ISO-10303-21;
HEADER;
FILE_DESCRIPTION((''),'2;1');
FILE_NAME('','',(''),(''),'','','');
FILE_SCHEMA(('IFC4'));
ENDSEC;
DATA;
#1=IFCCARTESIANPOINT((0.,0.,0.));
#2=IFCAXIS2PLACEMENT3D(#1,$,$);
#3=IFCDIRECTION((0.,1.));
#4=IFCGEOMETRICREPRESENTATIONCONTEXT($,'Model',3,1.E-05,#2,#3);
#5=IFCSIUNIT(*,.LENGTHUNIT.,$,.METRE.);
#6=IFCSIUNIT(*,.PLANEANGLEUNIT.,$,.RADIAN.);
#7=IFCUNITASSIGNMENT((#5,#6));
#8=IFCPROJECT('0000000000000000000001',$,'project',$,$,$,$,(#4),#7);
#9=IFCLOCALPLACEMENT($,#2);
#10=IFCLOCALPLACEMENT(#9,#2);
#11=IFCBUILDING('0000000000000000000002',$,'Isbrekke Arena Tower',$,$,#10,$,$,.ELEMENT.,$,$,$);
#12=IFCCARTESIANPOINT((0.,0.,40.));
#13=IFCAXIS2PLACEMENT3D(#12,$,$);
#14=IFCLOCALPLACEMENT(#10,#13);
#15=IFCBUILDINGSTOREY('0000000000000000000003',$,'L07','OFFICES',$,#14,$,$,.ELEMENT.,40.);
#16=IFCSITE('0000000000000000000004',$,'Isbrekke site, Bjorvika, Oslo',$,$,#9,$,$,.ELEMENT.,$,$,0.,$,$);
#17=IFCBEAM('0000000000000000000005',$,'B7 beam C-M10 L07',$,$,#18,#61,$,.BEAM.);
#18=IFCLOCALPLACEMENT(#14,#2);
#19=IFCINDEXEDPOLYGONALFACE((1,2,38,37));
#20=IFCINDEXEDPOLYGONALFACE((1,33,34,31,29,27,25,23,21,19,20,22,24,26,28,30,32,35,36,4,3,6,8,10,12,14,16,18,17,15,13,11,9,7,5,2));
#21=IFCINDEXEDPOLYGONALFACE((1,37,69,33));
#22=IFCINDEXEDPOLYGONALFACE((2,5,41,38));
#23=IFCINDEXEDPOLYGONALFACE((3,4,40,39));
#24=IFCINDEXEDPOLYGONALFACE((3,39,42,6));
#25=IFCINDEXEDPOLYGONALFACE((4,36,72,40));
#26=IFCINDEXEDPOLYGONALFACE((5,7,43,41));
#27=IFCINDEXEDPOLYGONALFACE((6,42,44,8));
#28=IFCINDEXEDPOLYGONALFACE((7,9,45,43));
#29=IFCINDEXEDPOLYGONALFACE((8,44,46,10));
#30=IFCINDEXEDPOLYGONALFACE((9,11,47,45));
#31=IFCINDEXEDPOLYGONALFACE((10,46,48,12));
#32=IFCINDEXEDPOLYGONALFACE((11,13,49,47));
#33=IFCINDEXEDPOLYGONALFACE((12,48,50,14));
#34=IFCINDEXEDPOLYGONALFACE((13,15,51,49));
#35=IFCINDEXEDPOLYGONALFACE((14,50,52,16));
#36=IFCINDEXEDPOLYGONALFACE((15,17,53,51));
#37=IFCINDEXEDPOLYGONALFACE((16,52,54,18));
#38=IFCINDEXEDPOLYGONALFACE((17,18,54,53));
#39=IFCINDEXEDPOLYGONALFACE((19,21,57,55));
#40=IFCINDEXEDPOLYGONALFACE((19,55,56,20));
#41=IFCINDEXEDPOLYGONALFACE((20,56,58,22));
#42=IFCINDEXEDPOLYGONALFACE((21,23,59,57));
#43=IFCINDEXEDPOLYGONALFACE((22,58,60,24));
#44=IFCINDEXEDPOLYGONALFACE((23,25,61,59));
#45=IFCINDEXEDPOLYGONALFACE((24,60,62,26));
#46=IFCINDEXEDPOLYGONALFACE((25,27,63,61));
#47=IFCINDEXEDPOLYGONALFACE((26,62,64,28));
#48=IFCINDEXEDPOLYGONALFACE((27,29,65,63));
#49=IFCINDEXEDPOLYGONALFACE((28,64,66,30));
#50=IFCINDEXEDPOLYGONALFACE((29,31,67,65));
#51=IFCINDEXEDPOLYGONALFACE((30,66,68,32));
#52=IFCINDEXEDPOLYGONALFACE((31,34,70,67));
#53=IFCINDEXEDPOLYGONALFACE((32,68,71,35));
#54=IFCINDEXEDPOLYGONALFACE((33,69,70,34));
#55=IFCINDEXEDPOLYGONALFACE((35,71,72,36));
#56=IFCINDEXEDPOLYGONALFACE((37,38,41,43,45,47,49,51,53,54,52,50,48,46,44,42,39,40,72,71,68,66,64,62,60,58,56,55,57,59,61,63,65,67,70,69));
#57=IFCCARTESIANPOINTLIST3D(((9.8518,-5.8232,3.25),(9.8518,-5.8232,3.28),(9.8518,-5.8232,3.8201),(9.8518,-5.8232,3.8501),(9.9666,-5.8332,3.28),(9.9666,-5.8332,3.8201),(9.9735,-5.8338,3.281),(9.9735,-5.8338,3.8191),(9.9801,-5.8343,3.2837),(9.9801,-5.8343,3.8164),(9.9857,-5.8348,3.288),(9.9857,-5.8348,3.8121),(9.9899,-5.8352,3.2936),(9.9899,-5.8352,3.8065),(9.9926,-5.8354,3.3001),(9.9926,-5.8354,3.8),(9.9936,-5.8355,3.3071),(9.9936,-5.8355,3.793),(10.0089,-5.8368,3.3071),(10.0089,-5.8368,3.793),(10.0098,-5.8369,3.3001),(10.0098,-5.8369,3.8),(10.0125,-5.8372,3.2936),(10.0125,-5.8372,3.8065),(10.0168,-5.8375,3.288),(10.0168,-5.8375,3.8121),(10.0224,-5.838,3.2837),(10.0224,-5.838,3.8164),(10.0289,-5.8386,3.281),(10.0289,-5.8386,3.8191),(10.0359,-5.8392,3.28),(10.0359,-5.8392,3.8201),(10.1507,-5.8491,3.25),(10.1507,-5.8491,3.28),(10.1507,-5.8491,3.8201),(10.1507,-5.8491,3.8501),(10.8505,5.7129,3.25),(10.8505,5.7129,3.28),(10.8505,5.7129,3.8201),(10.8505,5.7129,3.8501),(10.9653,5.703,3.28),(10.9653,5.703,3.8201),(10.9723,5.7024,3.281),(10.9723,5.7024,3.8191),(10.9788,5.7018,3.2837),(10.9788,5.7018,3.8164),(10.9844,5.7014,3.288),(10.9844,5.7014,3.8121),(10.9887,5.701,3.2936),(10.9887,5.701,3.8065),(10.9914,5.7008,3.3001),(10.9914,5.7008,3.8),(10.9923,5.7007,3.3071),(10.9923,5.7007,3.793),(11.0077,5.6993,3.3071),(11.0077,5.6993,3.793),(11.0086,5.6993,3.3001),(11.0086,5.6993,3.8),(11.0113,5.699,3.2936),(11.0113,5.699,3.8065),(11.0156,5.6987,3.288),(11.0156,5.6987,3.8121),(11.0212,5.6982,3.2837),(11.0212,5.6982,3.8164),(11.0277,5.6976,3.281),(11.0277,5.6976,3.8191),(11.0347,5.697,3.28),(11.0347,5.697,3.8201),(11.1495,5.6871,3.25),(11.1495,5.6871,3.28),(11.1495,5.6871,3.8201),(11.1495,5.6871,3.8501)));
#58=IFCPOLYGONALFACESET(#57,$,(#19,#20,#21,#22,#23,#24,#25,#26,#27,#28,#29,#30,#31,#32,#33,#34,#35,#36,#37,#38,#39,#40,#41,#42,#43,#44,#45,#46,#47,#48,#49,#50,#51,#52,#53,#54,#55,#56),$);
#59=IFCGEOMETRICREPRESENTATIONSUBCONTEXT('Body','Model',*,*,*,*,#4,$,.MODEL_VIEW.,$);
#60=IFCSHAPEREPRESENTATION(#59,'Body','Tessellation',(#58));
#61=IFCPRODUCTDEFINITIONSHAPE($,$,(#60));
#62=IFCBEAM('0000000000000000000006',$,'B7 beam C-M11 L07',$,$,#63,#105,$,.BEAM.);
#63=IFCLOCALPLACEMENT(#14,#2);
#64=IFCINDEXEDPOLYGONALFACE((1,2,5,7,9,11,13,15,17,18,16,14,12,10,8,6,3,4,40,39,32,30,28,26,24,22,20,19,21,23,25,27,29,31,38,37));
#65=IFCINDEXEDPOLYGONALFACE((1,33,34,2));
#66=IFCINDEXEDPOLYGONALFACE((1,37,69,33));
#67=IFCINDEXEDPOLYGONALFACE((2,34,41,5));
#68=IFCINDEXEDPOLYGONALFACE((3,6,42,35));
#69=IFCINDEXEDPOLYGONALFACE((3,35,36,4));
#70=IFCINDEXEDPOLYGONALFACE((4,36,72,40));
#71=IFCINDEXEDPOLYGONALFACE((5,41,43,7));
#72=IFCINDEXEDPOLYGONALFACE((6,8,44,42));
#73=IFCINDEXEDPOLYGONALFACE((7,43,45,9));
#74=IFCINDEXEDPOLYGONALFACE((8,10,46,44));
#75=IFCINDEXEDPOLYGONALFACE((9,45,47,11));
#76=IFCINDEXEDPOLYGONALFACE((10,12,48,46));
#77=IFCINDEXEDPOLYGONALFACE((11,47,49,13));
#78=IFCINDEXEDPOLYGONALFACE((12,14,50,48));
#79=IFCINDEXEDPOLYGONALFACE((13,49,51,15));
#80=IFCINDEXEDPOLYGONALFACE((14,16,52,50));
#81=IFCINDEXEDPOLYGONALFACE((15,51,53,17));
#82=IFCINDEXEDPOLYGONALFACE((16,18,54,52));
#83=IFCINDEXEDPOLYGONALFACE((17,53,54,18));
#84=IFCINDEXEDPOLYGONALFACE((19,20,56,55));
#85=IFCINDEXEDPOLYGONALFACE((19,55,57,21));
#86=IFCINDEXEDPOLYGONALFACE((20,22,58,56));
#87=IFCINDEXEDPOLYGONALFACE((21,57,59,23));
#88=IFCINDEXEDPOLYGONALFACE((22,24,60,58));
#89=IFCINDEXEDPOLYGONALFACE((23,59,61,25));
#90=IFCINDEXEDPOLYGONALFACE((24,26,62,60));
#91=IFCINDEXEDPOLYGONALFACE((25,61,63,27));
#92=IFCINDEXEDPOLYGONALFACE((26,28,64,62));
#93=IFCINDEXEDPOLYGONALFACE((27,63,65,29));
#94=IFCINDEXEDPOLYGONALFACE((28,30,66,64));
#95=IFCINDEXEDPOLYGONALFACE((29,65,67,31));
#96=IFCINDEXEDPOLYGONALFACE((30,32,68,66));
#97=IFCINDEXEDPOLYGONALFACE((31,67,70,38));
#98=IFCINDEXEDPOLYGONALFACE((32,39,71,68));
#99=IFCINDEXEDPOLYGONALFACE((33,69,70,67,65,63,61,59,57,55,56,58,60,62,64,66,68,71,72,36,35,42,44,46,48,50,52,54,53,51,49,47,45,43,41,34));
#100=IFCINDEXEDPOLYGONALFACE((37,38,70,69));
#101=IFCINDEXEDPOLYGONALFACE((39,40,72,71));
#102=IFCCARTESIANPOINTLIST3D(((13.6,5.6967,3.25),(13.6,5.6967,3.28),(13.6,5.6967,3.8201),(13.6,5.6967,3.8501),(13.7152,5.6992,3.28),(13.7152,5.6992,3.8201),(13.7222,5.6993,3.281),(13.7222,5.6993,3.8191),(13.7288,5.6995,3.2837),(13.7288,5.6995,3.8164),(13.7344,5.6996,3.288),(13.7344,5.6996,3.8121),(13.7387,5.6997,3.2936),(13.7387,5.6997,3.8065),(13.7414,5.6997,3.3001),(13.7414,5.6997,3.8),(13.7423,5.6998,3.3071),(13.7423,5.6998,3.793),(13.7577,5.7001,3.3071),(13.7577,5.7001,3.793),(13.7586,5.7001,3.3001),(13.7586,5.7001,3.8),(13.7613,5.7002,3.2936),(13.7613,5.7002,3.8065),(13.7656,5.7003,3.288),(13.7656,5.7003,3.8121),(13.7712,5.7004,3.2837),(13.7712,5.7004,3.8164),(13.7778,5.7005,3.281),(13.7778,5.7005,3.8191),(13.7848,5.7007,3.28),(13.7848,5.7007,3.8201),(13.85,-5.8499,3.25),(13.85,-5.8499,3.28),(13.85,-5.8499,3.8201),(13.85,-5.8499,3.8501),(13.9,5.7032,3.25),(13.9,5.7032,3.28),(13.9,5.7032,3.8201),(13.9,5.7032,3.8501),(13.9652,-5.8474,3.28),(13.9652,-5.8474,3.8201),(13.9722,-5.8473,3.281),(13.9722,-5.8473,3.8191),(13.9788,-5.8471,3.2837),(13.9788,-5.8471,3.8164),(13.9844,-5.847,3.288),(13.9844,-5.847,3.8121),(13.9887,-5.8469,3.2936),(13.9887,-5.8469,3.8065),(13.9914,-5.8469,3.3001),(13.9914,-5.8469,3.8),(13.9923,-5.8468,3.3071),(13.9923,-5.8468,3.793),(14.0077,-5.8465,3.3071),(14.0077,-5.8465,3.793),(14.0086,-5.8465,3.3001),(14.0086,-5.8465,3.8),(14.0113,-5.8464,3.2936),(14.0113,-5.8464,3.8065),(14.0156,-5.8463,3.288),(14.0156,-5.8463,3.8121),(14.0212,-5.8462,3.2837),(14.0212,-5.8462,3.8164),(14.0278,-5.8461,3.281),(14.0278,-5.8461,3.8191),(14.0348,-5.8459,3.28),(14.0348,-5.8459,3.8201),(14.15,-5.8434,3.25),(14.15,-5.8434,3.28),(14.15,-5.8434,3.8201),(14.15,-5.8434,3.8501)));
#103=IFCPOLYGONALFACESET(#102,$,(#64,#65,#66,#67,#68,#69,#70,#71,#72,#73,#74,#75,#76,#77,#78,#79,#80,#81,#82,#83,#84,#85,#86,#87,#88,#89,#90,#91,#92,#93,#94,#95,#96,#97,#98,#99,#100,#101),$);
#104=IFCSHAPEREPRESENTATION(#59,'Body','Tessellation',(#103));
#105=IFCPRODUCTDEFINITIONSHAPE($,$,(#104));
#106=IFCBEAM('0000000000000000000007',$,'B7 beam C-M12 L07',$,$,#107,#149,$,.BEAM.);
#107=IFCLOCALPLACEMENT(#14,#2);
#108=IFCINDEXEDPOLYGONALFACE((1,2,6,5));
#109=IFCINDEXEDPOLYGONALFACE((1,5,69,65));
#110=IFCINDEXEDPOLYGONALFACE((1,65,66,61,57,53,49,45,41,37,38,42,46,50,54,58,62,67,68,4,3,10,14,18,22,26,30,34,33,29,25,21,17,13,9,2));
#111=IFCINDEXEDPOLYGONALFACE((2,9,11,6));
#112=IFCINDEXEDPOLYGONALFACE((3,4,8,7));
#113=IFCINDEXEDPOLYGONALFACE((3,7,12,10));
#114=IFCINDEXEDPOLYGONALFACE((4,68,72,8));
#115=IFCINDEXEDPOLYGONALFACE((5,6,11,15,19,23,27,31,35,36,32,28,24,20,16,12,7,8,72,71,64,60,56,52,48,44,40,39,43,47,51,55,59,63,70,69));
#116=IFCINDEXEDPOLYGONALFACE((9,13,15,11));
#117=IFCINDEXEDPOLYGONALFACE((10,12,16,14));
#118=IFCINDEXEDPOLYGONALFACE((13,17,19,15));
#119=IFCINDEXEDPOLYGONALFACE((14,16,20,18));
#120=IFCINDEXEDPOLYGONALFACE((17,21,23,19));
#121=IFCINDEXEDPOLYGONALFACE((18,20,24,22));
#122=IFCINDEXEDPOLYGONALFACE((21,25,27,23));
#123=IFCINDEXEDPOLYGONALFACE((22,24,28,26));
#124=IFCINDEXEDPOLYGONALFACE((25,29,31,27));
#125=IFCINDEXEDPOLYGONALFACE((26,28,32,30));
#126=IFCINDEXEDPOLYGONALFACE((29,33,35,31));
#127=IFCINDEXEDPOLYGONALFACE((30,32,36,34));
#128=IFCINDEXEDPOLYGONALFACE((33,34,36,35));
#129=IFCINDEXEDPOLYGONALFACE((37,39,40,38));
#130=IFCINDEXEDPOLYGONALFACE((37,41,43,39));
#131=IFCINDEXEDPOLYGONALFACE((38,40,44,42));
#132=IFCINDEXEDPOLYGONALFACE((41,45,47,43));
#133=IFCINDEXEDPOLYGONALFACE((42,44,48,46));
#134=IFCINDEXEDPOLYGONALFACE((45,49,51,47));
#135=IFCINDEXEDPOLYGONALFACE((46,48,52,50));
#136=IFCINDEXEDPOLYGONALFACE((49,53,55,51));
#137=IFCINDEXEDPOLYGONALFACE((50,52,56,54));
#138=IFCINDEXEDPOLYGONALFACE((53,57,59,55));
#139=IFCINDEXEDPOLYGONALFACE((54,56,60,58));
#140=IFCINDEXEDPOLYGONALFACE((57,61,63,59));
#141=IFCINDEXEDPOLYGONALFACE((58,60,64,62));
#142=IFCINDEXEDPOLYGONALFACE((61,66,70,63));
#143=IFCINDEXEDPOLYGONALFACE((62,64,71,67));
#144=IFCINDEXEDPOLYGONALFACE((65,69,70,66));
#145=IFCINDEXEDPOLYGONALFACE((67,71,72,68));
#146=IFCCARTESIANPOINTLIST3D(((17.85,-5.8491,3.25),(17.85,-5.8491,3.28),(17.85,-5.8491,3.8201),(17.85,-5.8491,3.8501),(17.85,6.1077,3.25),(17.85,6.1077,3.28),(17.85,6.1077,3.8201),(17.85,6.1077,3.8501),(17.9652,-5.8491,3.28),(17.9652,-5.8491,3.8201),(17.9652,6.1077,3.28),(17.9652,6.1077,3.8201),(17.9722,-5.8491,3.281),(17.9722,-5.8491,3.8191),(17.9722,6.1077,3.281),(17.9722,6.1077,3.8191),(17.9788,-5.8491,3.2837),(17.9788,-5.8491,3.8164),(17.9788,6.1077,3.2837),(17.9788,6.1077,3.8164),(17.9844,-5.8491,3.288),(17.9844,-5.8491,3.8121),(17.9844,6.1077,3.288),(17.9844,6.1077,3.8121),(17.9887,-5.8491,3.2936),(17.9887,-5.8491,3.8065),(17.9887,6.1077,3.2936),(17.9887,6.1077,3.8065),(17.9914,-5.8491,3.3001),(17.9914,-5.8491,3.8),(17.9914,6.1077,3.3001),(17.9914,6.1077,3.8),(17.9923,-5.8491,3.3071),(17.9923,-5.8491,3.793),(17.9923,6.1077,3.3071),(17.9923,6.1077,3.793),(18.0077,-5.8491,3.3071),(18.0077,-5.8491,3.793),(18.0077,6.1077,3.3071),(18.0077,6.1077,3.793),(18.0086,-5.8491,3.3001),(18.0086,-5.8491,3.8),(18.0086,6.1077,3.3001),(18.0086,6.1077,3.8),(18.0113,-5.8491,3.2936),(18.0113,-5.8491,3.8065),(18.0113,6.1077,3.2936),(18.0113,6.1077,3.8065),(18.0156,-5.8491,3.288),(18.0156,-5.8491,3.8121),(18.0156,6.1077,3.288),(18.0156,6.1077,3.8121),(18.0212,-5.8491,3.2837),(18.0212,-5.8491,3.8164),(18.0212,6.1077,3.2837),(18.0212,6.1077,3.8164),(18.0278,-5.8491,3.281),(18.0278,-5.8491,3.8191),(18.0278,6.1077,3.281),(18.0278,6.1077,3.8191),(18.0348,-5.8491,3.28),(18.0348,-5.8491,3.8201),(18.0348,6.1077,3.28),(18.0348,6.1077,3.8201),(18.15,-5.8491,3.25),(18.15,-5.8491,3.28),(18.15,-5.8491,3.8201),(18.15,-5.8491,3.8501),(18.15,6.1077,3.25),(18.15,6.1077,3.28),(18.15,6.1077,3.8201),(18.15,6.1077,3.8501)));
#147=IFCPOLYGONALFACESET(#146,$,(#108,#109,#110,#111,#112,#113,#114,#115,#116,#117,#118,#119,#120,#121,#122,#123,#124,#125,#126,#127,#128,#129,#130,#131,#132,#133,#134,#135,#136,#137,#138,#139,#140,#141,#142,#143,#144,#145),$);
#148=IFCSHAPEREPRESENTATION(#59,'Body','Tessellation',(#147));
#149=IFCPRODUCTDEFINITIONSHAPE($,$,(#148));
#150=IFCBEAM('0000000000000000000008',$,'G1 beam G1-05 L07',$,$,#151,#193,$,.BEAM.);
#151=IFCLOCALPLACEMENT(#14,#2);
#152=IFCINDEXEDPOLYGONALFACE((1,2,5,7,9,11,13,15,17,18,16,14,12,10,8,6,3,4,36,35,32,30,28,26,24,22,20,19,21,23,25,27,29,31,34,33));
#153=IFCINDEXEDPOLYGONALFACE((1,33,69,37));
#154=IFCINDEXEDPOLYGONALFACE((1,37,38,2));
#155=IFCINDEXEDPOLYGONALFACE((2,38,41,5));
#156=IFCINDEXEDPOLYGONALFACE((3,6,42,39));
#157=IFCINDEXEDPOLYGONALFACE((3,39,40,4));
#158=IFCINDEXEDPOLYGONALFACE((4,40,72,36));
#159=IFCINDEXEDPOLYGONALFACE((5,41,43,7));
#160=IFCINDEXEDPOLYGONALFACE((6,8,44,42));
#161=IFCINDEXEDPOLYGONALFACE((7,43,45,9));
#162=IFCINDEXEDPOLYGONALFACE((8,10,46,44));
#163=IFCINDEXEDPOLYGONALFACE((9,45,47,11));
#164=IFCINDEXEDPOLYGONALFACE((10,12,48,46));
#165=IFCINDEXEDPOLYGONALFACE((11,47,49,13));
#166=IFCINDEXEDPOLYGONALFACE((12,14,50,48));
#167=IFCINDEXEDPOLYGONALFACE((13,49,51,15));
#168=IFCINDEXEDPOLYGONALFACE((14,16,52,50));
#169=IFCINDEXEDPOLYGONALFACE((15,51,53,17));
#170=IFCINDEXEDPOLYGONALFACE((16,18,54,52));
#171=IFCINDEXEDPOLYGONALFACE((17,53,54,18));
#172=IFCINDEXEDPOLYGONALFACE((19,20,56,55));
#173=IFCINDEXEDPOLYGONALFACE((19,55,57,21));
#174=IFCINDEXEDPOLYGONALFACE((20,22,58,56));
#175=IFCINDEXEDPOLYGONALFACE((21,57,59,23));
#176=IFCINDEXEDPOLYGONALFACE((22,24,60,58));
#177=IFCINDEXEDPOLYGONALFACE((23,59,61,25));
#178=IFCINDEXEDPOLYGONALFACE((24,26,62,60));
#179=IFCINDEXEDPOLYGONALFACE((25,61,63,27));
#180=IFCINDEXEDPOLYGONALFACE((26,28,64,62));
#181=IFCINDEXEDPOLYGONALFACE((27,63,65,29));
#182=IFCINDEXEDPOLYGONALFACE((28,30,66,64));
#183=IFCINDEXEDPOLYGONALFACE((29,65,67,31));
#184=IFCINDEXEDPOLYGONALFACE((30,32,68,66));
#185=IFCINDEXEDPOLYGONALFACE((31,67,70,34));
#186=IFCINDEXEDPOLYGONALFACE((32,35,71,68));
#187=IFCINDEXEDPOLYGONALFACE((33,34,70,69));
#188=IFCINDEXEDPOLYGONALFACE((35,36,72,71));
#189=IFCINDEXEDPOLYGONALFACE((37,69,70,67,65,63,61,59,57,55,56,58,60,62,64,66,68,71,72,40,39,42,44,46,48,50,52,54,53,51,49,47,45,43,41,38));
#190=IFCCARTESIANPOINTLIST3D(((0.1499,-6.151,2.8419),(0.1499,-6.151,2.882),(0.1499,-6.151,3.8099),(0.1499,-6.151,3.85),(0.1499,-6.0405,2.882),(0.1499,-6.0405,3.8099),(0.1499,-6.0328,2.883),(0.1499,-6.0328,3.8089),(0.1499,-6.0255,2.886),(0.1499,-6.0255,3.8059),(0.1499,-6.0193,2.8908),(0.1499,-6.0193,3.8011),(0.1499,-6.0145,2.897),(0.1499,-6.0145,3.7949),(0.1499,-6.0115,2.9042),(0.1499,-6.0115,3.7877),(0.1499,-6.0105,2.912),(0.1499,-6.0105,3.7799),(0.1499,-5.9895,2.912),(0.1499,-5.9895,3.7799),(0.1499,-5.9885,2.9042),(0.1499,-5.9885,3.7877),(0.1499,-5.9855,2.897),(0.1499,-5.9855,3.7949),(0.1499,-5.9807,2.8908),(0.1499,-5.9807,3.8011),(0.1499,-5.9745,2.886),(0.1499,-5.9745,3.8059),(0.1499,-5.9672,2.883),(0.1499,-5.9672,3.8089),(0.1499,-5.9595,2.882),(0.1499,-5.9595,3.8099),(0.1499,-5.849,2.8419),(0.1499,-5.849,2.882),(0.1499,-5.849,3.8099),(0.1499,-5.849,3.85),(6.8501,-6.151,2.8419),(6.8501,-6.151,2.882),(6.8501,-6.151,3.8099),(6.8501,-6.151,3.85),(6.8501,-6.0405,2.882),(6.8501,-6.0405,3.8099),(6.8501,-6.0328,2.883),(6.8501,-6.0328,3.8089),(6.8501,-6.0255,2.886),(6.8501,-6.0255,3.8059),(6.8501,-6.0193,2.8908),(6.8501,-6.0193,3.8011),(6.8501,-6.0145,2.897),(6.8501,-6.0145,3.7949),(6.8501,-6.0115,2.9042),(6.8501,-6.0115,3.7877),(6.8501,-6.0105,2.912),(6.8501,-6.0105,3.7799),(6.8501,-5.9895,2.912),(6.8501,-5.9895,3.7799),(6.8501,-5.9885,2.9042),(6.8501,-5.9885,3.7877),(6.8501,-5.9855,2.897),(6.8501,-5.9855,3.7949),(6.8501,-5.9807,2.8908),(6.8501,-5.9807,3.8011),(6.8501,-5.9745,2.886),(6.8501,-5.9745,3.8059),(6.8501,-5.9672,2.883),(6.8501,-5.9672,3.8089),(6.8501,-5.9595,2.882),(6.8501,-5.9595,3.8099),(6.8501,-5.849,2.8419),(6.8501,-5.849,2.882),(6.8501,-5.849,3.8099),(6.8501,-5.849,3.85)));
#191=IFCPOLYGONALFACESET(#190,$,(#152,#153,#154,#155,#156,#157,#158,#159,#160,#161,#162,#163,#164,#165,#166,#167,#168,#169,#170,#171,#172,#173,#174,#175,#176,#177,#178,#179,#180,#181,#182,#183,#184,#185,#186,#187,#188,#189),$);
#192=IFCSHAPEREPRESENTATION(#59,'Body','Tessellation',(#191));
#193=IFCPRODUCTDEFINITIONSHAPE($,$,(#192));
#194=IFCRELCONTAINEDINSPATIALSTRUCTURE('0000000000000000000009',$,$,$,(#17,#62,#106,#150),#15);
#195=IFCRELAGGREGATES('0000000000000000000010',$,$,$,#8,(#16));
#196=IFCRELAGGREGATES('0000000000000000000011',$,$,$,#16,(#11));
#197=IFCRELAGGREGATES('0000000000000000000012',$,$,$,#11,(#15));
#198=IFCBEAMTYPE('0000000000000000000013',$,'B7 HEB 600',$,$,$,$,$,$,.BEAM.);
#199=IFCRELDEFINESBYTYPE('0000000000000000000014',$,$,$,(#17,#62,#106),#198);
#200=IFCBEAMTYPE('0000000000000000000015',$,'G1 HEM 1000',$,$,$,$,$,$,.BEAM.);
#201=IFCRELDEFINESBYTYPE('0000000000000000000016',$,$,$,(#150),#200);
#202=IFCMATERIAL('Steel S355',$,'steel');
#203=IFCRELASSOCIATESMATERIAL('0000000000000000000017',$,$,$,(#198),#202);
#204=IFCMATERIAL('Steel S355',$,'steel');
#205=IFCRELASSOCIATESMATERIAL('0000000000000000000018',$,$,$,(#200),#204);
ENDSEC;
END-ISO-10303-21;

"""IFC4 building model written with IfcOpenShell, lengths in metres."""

from ifc_helpers import new_model, si_unit, direction, frame, origin, origin_2d, place, context, subcontext, project, spatial, i_section, extrude, material, material_profile, profile_set, type_object, element, save


model = new_model("IFC4")

# Units and contexts
model_context = context("Model", 3, precision=1e-05, world=origin(), true_north=direction((0.0, 1.0)))
body_context = subcontext(model_context, "Body", "Model", "MODEL_VIEW")
ifc_project = project(units=[si_unit("LENGTHUNIT", "METRE"), si_unit("PLANEANGLEUNIT", "RADIAN")], contexts=[model_context])

# Site, building, storey
site_placement = place(None, origin())
site = spatial("IfcSite", under=ifc_project, at=site_placement, Name="Isbrekke site, Bjorvika, Oslo", CompositionType="ELEMENT", RefElevation=0.0)
building_placement = place(site_placement, origin())
building = spatial("IfcBuilding", under=site, at=building_placement, Name="Isbrekke Arena Tower", CompositionType="ELEMENT")
storey_placement = place(building_placement, frame((0.0, 0.0, 40.0)))
storey = spatial("IfcBuildingStorey", under=building, at=storey_placement, Name="L07", Description="OFFICES", CompositionType="ELEMENT", Elevation=40.0)

# Beams
ifc_material_1 = material(Name="Steel S355", Category="steel")
ifc_material_profile_1 = material_profile(ifc_material_1, i_section(OverallWidth=0.3, OverallDepth=0.6001, WebThickness=0.0154, FlangeThickness=0.03, FilletRadius=0.0271, at=origin_2d()), Name="HEB 600")
ifc_profile_set_1 = profile_set([ifc_material_profile_1], Name="Steel S355")
beam_type_1 = type_object("IfcBeamType", Name="B7 HEB 600", PredefinedType="BEAM", material=ifc_profile_set_1)
beam_1_placement = place(storey_placement, frame((10.0012, -5.8362, 3.55), z_axis=(0.086256, 0.996273, 0.0), x_axis=(-0.996273, 0.086256, 0.0)))
element("IfcBeam", 1, at=beam_1_placement, inside=storey, type_object=beam_type_1, Name="B7 beam C-M10 L07", PredefinedType="BEAM", context=body_context, shape_type="SweptSolid", body=[
    extrude(i_section(OverallWidth=0.3, OverallDepth=0.6001, WebThickness=0.0154, FlangeThickness=0.03, FilletRadius=0.0271, at=origin_2d()), origin(), (0.0, 0.0, 1.0), 11.5793),
])
beam_2_placement = place(storey_placement, frame((14.0, -5.8467, 3.55), z_axis=(-0.021646, 0.999766, 0.0), x_axis=(-0.999766, -0.021646, 0.0)))
element("IfcBeam", 2, at=beam_2_placement, inside=storey, type_object=beam_type_1, Name="B7 beam C-M11 L07", PredefinedType="BEAM", context=body_context, shape_type="SweptSolid", body=[
    extrude(i_section(OverallWidth=0.3, OverallDepth=0.6001, WebThickness=0.0154, FlangeThickness=0.03, FilletRadius=0.0271, at=origin_2d()), origin(), (0.0, 0.0, 1.0), 11.5493),
])
beam_3_placement = place(storey_placement, frame((18.0, -5.8491, 3.55), z_axis=(0.0, 1.0, 0.0), x_axis=(-1.0, 0.0, 0.0)))
element("IfcBeam", 3, at=beam_3_placement, inside=storey, type_object=beam_type_1, Name="B7 beam C-M12 L07", PredefinedType="BEAM", context=body_context, shape_type="SweptSolid", body=[
    extrude(i_section(OverallWidth=0.3, OverallDepth=0.6001, WebThickness=0.0154, FlangeThickness=0.03, FilletRadius=0.0271, at=origin_2d()), origin(), (0.0, 0.0, 1.0), 11.9568),
])
ifc_material_2 = material(Name="Steel S355", Category="steel")
ifc_material_profile_2 = material_profile(ifc_material_2, i_section(OverallWidth=0.302, OverallDepth=1.0081, WebThickness=0.021, FlangeThickness=0.04, FilletRadius=0.03, at=origin_2d()), Name="HEM 1000")
ifc_profile_set_2 = profile_set([ifc_material_profile_2], Name="Steel S355")
beam_type_2 = type_object("IfcBeamType", Name="G1 HEM 1000", PredefinedType="BEAM", material=ifc_profile_set_2)
for number, where, z_axis, x_axis, name in (
    (4, (0.1499, -6.0, 3.3459), (1.0, 0.0, 0.0), (0.0, 1.0, 0.0), "G1 beam G1-05 L07"),
):
    element("IfcBeam", number, at=place(storey_placement, frame(where, z_axis=z_axis, x_axis=x_axis)), inside=storey, type_object=beam_type_2, Name=name, PredefinedType="BEAM", context=body_context, shape_type="SweptSolid", body=[
        extrude(i_section(OverallWidth=0.302, OverallDepth=1.0081, WebThickness=0.021, FlangeThickness=0.04, FilletRadius=0.03, at=origin_2d()), origin(), (0.0, 0.0, 1.0), 6.7002),
    ])

save(model, "model.ifc")
